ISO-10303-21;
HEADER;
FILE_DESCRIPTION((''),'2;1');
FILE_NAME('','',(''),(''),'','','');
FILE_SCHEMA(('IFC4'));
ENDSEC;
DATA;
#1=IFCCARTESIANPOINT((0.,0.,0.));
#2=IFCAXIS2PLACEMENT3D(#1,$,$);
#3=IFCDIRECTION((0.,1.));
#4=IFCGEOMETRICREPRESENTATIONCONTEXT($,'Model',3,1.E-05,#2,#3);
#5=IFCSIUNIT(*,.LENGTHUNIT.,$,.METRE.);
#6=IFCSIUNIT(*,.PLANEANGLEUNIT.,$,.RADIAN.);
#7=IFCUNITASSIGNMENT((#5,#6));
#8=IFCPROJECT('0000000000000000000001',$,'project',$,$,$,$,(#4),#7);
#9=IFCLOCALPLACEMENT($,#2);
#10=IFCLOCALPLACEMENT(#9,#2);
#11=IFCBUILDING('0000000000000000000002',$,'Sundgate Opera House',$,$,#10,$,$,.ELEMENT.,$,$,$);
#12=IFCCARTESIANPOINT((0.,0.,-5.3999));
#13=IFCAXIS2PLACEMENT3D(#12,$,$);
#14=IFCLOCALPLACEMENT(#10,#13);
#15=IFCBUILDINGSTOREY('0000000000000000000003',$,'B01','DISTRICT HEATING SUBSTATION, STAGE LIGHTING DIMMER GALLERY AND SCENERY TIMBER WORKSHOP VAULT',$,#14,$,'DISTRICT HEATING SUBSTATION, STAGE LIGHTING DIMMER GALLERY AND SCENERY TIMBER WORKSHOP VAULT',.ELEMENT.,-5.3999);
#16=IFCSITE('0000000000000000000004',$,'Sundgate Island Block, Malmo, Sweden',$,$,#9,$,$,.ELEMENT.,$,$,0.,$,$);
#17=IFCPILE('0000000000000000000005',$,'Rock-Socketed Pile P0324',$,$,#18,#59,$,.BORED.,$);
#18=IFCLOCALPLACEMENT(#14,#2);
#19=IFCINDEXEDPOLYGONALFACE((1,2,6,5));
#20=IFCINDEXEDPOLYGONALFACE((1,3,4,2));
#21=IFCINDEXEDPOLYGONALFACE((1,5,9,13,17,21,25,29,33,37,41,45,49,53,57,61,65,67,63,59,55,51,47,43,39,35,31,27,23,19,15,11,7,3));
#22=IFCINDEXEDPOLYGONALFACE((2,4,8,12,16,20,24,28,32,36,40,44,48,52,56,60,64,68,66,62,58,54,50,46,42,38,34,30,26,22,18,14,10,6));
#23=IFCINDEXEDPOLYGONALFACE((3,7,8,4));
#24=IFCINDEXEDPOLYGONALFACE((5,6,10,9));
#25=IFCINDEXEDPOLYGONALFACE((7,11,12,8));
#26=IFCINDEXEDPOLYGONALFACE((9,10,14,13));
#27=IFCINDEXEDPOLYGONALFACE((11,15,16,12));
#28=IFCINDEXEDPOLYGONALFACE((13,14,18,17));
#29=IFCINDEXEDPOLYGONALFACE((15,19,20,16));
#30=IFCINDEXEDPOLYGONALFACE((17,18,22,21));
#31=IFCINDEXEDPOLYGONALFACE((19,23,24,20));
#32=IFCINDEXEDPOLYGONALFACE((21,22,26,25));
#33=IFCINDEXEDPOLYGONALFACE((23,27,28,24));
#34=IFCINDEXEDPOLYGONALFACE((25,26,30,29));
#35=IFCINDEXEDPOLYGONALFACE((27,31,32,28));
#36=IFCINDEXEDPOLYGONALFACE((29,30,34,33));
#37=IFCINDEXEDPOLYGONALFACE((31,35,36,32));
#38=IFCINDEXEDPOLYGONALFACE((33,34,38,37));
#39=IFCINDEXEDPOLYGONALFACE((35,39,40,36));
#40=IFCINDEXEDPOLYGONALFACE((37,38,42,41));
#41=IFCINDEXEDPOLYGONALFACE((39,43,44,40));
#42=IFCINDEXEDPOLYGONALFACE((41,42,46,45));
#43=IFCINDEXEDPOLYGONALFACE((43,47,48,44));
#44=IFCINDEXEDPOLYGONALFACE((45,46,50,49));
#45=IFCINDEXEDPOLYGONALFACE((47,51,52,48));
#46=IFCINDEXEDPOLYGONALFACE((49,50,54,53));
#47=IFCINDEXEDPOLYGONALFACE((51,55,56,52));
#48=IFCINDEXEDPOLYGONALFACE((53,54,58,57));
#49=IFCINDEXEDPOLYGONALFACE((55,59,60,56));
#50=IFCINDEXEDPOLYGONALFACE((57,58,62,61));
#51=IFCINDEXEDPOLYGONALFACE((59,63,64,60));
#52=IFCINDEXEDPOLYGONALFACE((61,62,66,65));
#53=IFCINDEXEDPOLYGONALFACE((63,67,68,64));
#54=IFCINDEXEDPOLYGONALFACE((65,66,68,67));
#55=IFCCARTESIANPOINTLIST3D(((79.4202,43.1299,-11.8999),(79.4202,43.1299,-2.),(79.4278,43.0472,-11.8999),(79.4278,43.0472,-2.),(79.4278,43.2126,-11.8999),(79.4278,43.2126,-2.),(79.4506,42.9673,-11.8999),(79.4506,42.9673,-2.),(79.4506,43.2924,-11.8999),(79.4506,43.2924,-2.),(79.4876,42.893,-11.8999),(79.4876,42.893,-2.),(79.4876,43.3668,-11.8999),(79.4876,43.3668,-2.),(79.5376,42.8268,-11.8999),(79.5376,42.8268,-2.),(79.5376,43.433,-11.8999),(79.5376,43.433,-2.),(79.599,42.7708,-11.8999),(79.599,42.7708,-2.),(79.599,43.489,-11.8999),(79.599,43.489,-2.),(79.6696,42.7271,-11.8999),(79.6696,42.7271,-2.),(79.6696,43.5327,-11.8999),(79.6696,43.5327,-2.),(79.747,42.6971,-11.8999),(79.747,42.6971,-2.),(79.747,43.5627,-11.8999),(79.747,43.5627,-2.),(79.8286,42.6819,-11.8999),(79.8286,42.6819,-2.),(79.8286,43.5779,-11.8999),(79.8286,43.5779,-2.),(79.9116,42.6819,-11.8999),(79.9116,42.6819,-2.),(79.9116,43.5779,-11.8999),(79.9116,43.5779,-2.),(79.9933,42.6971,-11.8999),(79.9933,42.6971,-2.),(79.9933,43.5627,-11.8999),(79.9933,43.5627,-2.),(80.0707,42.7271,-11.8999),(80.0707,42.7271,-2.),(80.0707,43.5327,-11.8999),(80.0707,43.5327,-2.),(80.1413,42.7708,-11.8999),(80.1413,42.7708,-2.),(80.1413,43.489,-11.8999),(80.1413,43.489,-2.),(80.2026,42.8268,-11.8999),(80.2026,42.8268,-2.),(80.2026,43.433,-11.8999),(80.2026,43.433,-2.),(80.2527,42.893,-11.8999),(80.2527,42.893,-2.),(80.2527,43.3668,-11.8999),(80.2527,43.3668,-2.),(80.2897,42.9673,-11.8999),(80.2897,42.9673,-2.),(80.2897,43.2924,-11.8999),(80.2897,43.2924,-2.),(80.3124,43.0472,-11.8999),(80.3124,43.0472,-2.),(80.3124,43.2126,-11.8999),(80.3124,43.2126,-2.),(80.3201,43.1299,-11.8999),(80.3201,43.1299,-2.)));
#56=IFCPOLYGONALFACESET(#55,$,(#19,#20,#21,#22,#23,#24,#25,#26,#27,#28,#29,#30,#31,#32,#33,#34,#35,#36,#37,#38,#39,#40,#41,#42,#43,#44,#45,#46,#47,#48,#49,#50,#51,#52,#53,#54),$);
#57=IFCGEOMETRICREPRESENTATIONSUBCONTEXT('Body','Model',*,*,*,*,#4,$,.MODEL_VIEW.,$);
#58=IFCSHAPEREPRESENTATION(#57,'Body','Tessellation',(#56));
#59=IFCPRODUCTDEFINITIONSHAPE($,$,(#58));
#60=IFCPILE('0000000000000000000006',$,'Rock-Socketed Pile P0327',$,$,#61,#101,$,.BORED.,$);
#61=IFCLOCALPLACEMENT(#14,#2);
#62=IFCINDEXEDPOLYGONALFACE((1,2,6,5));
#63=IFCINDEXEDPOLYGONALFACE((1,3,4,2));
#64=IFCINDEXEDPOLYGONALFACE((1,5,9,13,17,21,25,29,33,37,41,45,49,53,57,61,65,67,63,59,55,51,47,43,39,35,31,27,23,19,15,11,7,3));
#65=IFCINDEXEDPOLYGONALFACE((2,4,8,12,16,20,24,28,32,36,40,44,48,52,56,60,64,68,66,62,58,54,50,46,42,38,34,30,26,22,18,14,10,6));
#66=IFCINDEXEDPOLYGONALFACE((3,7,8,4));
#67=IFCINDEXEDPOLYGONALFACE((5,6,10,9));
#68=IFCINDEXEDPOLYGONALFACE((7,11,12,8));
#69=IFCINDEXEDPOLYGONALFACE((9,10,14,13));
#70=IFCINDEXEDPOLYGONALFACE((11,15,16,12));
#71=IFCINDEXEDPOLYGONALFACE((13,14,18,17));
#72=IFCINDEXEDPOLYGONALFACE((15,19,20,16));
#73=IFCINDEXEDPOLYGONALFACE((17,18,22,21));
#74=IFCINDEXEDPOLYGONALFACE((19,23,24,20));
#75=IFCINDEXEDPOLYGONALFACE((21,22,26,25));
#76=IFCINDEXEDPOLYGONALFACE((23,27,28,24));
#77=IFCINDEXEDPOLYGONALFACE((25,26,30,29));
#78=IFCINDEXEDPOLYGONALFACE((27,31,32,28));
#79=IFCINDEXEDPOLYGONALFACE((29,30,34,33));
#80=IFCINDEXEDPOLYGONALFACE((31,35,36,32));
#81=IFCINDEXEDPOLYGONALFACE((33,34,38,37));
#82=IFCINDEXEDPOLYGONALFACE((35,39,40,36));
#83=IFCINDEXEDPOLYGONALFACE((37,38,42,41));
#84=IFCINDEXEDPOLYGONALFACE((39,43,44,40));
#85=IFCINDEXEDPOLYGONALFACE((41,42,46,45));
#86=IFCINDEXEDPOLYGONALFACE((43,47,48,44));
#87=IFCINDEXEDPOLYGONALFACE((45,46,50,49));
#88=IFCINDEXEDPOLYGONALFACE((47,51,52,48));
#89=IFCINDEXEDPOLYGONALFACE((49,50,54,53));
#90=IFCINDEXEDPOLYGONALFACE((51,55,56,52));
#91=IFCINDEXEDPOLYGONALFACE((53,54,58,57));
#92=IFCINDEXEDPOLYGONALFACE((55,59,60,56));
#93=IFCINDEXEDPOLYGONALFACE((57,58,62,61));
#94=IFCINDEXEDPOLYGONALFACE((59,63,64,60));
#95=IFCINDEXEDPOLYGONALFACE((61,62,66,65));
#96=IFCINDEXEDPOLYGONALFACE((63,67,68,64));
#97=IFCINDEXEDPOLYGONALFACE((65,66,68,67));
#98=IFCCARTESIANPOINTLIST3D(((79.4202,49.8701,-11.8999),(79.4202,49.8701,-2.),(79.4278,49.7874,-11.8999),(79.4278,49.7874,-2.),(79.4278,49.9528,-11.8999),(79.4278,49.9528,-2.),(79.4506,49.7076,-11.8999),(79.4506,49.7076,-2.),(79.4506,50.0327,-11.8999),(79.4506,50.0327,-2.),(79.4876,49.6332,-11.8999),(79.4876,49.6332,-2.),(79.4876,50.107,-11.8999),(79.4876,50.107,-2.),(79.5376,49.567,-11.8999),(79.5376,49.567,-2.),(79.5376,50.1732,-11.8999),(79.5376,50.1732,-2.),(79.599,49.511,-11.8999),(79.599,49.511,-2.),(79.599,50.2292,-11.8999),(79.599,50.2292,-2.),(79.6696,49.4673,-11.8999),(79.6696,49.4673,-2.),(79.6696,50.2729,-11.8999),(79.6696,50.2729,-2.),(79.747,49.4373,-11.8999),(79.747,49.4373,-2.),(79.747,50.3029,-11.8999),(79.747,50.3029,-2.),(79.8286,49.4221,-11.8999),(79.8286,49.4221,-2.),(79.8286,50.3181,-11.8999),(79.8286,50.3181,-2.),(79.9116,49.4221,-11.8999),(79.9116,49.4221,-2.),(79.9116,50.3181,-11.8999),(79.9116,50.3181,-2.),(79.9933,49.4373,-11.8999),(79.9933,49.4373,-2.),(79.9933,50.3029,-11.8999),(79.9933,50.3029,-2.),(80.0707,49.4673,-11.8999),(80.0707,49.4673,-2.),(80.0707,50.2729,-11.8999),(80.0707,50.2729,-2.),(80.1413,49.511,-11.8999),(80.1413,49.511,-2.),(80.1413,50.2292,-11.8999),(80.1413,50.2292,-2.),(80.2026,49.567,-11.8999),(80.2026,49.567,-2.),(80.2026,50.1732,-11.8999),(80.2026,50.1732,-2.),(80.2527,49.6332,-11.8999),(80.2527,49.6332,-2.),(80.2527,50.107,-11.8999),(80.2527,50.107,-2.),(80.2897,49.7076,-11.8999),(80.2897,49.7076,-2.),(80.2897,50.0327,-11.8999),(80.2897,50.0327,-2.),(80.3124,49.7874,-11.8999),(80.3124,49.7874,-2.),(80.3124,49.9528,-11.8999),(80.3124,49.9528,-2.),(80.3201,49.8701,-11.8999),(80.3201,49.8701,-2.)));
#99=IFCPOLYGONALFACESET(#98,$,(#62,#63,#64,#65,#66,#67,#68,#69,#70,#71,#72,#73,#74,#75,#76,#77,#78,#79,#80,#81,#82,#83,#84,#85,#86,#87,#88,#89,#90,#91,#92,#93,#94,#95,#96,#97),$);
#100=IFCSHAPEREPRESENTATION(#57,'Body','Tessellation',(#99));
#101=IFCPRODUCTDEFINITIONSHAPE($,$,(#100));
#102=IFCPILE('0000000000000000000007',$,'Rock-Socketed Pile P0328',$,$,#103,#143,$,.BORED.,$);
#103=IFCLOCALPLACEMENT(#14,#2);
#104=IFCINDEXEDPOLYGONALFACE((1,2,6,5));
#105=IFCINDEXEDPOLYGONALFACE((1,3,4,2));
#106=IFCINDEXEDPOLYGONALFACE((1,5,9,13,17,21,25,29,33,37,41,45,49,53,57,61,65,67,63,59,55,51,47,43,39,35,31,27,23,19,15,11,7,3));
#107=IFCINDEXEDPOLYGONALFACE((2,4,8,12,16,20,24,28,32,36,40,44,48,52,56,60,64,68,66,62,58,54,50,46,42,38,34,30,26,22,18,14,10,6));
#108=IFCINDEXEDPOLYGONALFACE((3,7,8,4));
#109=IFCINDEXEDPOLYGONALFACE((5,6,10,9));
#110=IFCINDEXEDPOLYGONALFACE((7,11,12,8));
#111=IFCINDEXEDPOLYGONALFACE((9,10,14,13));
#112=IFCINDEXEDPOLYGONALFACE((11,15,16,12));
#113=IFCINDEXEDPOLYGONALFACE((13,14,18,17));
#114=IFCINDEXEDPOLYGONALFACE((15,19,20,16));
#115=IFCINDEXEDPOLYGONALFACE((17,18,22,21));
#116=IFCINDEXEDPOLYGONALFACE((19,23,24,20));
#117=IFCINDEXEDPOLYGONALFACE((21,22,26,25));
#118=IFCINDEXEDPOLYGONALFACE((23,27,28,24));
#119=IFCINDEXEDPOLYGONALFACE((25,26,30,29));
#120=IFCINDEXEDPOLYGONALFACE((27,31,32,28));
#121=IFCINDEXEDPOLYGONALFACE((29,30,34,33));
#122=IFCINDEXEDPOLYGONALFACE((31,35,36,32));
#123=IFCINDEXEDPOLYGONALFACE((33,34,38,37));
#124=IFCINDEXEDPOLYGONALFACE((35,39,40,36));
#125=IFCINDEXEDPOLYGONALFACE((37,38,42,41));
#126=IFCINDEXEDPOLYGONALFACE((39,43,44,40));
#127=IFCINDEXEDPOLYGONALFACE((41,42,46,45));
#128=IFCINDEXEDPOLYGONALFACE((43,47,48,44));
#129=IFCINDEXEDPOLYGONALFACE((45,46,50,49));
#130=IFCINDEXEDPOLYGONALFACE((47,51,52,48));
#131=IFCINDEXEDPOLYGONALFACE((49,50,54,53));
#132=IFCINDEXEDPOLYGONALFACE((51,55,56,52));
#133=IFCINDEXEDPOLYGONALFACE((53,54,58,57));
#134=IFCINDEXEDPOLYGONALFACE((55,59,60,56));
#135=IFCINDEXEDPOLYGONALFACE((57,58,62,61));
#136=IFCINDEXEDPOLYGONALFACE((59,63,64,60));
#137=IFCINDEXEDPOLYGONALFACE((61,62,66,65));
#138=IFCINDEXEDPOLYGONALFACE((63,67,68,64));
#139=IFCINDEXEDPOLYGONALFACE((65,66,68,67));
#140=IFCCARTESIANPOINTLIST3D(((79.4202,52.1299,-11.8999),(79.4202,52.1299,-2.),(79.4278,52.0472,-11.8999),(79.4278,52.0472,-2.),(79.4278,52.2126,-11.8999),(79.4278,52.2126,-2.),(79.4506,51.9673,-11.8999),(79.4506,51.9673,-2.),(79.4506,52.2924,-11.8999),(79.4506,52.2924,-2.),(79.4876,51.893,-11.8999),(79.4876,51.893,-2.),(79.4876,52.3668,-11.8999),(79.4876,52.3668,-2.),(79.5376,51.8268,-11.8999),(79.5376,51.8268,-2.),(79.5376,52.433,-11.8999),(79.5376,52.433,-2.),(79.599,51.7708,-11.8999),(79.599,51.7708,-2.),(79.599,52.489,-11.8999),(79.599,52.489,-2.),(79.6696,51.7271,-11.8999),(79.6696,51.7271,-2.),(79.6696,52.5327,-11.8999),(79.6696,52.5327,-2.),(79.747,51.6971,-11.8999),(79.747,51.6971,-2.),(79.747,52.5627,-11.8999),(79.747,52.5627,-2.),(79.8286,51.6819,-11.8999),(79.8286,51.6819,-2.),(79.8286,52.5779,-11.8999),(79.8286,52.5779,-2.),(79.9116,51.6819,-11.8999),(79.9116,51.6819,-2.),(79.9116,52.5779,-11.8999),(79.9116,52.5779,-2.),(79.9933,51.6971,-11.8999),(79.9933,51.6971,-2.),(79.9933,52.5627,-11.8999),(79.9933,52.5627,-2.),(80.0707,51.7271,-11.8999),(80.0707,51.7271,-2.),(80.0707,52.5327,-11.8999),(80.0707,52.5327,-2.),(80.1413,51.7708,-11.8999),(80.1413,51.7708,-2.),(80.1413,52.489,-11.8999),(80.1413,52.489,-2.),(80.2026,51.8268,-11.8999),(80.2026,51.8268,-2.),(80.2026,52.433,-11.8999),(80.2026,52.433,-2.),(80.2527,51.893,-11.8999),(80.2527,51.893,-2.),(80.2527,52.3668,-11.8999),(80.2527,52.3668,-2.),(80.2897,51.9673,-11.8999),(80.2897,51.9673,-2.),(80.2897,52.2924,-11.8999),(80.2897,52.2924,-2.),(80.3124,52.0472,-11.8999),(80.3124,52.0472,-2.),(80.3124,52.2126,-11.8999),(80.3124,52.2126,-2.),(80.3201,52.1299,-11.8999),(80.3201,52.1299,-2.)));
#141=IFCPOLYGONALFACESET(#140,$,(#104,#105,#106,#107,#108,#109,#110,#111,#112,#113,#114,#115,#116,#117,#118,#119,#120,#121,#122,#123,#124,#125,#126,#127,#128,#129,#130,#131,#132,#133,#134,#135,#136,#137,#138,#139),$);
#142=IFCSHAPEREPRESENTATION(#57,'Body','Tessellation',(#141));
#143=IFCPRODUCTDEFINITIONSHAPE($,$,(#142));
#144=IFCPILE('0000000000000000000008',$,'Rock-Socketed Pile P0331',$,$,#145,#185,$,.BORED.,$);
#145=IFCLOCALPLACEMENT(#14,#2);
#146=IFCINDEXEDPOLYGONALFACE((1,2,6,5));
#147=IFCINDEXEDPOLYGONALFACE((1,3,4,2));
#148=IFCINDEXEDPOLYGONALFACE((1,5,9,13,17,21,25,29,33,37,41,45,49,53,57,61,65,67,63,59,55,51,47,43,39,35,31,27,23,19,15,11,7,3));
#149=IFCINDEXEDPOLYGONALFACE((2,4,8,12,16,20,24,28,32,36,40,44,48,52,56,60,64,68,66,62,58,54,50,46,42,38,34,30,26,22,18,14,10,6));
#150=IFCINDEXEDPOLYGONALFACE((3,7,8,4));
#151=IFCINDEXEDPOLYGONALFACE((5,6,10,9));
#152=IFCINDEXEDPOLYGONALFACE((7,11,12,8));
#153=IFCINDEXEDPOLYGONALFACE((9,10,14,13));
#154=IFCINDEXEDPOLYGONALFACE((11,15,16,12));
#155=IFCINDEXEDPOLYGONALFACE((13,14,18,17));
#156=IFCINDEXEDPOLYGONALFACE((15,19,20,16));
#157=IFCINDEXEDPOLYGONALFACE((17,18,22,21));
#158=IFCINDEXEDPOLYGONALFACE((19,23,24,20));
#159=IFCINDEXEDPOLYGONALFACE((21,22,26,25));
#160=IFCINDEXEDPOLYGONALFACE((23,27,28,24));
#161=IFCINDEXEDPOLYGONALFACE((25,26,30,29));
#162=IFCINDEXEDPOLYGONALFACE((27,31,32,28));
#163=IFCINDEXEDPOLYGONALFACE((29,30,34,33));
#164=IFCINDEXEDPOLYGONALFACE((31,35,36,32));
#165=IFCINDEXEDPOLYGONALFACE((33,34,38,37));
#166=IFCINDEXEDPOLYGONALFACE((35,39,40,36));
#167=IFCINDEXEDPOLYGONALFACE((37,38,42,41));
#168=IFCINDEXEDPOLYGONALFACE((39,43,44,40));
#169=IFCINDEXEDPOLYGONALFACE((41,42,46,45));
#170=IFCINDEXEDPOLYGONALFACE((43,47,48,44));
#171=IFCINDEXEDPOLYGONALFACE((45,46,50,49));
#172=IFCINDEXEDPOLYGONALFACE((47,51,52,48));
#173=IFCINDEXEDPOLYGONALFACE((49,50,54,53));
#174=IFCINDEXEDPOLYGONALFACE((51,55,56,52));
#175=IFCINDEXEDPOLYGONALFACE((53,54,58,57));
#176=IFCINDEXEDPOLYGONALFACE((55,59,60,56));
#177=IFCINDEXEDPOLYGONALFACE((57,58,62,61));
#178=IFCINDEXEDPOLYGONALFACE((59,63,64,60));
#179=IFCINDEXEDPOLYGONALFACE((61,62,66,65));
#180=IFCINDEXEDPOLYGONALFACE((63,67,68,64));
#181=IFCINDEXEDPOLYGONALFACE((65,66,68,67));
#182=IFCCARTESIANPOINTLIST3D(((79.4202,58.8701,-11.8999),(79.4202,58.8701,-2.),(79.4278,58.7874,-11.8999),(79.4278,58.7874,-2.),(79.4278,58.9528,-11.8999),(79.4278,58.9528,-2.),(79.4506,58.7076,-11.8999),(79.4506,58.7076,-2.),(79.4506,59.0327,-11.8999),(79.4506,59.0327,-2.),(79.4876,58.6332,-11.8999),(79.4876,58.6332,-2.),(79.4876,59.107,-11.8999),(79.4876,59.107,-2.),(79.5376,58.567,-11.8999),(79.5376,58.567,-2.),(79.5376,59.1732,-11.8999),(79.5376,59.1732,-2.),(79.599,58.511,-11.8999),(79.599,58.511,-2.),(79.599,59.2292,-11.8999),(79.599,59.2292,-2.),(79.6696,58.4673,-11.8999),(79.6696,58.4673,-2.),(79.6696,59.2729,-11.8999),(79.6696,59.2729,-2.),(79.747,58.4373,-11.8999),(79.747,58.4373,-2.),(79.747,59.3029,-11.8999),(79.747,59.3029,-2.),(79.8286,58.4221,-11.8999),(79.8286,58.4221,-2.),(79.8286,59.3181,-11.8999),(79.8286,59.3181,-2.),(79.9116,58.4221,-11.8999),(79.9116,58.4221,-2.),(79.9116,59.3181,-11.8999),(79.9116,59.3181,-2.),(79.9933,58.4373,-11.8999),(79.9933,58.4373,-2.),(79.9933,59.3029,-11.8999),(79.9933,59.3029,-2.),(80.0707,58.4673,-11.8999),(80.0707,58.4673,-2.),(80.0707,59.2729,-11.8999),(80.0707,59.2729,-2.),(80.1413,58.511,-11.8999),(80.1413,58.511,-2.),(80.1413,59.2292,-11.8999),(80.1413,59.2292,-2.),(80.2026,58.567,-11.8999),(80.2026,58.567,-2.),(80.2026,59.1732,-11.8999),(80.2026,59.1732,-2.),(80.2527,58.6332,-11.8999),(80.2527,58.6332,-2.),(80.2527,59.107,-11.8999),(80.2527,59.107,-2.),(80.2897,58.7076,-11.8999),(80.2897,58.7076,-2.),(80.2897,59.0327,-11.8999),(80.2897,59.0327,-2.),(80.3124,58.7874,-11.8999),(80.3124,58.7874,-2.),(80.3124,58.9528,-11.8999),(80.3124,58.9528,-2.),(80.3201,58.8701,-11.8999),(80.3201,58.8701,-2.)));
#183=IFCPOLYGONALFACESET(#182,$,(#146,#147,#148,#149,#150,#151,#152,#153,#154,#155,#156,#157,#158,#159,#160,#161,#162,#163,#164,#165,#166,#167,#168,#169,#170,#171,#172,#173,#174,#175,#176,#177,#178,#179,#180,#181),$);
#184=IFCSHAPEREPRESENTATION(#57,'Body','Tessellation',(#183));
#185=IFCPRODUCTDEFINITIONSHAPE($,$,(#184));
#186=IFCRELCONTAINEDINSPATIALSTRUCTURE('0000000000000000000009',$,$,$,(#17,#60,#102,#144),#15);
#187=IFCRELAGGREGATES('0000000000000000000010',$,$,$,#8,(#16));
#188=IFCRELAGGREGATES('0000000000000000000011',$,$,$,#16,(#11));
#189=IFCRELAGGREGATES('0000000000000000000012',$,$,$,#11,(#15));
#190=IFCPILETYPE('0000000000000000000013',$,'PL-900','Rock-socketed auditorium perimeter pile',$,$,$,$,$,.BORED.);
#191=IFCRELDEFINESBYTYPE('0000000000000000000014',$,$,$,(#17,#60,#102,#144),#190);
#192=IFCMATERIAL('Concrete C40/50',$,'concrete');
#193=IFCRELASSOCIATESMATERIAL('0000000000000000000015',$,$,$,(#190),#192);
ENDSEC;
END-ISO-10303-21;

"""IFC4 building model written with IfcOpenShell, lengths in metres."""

from ifc_helpers import new_model, si_unit, direction, frame, origin, origin_2d, place, context, subcontext, project, spatial, circle, extrude, material, material_profile, profile_set, type_object, element, save


model = new_model("IFC4")

# Units and contexts
model_context = context("Model", 3, precision=1e-05, world=origin(), true_north=direction((0.0, 1.0)))
body_context = subcontext(model_context, "Body", "Model", "MODEL_VIEW")
ifc_project = project(units=[si_unit("LENGTHUNIT", "METRE"), si_unit("PLANEANGLEUNIT", "RADIAN")], contexts=[model_context])

# Site, building, storey
site_placement = place(None, origin())
site = spatial("IfcSite", under=ifc_project, at=site_placement, Name="Sundgate Island Block, Malmo, Sweden", CompositionType="ELEMENT", RefElevation=0.0)
building_placement = place(site_placement, origin())
building = spatial("IfcBuilding", under=site, at=building_placement, Name="Sundgate Opera House", CompositionType="ELEMENT")
storey_placement = place(building_placement, frame((0.0, 0.0, -5.3999)))
storey = spatial("IfcBuildingStorey", under=building, at=storey_placement, Name="B01", Description="DISTRICT HEATING SUBSTATION, STAGE LIGHTING DIMMER GALLERY AND SCENERY TIMBER WORKSHOP VAULT", LongName="DISTRICT HEATING SUBSTATION, STAGE LIGHTING DIMMER GALLERY AND SCENERY TIMBER WORKSHOP VAULT", CompositionType="ELEMENT", Elevation=-5.3999)

# Piles
ifc_material_1 = material(Name="Concrete C40/50", Category="concrete")
ifc_material_profile_1 = material_profile(ifc_material_1, circle(Radius=0.45, at=origin_2d()), Name="PILE D900")
ifc_profile_set_1 = profile_set([ifc_material_profile_1], Name="Concrete C40/50")
pile_type_1 = type_object("IfcPileType", Name="PL-900", Description="Rock-socketed auditorium perimeter pile", PredefinedType="BORED", material=ifc_profile_set_1)
for number, where, z_axis, x_axis, name in (
    (1, (79.8701, 43.1299, -2.0), (0.0, 0.0, -1.0), (1.0, 0.0, 0.0), "Rock-Socketed Pile P0324"),
    (2, (79.8701, 49.8701, -2.0), (0.0, 0.0, -1.0), (1.0, 0.0, 0.0), "Rock-Socketed Pile P0327"),
    (3, (79.8701, 52.1299, -2.0), (0.0, 0.0, -1.0), (1.0, 0.0, 0.0), "Rock-Socketed Pile P0328"),
    (4, (79.8701, 58.8701, -2.0), (0.0, 0.0, -1.0), (1.0, 0.0, 0.0), "Rock-Socketed Pile P0331"),
):
    element("IfcPile", number, at=place(storey_placement, frame(where, z_axis=z_axis, x_axis=x_axis)), inside=storey, type_object=pile_type_1, Name=name, PredefinedType="BORED", context=body_context, shape_type="SweptSolid", body=[
        extrude(circle(Radius=0.45, at=origin_2d()), origin(), (0.0, 0.0, 1.0), 9.8999),
    ])

save(model, "model.ifc")
